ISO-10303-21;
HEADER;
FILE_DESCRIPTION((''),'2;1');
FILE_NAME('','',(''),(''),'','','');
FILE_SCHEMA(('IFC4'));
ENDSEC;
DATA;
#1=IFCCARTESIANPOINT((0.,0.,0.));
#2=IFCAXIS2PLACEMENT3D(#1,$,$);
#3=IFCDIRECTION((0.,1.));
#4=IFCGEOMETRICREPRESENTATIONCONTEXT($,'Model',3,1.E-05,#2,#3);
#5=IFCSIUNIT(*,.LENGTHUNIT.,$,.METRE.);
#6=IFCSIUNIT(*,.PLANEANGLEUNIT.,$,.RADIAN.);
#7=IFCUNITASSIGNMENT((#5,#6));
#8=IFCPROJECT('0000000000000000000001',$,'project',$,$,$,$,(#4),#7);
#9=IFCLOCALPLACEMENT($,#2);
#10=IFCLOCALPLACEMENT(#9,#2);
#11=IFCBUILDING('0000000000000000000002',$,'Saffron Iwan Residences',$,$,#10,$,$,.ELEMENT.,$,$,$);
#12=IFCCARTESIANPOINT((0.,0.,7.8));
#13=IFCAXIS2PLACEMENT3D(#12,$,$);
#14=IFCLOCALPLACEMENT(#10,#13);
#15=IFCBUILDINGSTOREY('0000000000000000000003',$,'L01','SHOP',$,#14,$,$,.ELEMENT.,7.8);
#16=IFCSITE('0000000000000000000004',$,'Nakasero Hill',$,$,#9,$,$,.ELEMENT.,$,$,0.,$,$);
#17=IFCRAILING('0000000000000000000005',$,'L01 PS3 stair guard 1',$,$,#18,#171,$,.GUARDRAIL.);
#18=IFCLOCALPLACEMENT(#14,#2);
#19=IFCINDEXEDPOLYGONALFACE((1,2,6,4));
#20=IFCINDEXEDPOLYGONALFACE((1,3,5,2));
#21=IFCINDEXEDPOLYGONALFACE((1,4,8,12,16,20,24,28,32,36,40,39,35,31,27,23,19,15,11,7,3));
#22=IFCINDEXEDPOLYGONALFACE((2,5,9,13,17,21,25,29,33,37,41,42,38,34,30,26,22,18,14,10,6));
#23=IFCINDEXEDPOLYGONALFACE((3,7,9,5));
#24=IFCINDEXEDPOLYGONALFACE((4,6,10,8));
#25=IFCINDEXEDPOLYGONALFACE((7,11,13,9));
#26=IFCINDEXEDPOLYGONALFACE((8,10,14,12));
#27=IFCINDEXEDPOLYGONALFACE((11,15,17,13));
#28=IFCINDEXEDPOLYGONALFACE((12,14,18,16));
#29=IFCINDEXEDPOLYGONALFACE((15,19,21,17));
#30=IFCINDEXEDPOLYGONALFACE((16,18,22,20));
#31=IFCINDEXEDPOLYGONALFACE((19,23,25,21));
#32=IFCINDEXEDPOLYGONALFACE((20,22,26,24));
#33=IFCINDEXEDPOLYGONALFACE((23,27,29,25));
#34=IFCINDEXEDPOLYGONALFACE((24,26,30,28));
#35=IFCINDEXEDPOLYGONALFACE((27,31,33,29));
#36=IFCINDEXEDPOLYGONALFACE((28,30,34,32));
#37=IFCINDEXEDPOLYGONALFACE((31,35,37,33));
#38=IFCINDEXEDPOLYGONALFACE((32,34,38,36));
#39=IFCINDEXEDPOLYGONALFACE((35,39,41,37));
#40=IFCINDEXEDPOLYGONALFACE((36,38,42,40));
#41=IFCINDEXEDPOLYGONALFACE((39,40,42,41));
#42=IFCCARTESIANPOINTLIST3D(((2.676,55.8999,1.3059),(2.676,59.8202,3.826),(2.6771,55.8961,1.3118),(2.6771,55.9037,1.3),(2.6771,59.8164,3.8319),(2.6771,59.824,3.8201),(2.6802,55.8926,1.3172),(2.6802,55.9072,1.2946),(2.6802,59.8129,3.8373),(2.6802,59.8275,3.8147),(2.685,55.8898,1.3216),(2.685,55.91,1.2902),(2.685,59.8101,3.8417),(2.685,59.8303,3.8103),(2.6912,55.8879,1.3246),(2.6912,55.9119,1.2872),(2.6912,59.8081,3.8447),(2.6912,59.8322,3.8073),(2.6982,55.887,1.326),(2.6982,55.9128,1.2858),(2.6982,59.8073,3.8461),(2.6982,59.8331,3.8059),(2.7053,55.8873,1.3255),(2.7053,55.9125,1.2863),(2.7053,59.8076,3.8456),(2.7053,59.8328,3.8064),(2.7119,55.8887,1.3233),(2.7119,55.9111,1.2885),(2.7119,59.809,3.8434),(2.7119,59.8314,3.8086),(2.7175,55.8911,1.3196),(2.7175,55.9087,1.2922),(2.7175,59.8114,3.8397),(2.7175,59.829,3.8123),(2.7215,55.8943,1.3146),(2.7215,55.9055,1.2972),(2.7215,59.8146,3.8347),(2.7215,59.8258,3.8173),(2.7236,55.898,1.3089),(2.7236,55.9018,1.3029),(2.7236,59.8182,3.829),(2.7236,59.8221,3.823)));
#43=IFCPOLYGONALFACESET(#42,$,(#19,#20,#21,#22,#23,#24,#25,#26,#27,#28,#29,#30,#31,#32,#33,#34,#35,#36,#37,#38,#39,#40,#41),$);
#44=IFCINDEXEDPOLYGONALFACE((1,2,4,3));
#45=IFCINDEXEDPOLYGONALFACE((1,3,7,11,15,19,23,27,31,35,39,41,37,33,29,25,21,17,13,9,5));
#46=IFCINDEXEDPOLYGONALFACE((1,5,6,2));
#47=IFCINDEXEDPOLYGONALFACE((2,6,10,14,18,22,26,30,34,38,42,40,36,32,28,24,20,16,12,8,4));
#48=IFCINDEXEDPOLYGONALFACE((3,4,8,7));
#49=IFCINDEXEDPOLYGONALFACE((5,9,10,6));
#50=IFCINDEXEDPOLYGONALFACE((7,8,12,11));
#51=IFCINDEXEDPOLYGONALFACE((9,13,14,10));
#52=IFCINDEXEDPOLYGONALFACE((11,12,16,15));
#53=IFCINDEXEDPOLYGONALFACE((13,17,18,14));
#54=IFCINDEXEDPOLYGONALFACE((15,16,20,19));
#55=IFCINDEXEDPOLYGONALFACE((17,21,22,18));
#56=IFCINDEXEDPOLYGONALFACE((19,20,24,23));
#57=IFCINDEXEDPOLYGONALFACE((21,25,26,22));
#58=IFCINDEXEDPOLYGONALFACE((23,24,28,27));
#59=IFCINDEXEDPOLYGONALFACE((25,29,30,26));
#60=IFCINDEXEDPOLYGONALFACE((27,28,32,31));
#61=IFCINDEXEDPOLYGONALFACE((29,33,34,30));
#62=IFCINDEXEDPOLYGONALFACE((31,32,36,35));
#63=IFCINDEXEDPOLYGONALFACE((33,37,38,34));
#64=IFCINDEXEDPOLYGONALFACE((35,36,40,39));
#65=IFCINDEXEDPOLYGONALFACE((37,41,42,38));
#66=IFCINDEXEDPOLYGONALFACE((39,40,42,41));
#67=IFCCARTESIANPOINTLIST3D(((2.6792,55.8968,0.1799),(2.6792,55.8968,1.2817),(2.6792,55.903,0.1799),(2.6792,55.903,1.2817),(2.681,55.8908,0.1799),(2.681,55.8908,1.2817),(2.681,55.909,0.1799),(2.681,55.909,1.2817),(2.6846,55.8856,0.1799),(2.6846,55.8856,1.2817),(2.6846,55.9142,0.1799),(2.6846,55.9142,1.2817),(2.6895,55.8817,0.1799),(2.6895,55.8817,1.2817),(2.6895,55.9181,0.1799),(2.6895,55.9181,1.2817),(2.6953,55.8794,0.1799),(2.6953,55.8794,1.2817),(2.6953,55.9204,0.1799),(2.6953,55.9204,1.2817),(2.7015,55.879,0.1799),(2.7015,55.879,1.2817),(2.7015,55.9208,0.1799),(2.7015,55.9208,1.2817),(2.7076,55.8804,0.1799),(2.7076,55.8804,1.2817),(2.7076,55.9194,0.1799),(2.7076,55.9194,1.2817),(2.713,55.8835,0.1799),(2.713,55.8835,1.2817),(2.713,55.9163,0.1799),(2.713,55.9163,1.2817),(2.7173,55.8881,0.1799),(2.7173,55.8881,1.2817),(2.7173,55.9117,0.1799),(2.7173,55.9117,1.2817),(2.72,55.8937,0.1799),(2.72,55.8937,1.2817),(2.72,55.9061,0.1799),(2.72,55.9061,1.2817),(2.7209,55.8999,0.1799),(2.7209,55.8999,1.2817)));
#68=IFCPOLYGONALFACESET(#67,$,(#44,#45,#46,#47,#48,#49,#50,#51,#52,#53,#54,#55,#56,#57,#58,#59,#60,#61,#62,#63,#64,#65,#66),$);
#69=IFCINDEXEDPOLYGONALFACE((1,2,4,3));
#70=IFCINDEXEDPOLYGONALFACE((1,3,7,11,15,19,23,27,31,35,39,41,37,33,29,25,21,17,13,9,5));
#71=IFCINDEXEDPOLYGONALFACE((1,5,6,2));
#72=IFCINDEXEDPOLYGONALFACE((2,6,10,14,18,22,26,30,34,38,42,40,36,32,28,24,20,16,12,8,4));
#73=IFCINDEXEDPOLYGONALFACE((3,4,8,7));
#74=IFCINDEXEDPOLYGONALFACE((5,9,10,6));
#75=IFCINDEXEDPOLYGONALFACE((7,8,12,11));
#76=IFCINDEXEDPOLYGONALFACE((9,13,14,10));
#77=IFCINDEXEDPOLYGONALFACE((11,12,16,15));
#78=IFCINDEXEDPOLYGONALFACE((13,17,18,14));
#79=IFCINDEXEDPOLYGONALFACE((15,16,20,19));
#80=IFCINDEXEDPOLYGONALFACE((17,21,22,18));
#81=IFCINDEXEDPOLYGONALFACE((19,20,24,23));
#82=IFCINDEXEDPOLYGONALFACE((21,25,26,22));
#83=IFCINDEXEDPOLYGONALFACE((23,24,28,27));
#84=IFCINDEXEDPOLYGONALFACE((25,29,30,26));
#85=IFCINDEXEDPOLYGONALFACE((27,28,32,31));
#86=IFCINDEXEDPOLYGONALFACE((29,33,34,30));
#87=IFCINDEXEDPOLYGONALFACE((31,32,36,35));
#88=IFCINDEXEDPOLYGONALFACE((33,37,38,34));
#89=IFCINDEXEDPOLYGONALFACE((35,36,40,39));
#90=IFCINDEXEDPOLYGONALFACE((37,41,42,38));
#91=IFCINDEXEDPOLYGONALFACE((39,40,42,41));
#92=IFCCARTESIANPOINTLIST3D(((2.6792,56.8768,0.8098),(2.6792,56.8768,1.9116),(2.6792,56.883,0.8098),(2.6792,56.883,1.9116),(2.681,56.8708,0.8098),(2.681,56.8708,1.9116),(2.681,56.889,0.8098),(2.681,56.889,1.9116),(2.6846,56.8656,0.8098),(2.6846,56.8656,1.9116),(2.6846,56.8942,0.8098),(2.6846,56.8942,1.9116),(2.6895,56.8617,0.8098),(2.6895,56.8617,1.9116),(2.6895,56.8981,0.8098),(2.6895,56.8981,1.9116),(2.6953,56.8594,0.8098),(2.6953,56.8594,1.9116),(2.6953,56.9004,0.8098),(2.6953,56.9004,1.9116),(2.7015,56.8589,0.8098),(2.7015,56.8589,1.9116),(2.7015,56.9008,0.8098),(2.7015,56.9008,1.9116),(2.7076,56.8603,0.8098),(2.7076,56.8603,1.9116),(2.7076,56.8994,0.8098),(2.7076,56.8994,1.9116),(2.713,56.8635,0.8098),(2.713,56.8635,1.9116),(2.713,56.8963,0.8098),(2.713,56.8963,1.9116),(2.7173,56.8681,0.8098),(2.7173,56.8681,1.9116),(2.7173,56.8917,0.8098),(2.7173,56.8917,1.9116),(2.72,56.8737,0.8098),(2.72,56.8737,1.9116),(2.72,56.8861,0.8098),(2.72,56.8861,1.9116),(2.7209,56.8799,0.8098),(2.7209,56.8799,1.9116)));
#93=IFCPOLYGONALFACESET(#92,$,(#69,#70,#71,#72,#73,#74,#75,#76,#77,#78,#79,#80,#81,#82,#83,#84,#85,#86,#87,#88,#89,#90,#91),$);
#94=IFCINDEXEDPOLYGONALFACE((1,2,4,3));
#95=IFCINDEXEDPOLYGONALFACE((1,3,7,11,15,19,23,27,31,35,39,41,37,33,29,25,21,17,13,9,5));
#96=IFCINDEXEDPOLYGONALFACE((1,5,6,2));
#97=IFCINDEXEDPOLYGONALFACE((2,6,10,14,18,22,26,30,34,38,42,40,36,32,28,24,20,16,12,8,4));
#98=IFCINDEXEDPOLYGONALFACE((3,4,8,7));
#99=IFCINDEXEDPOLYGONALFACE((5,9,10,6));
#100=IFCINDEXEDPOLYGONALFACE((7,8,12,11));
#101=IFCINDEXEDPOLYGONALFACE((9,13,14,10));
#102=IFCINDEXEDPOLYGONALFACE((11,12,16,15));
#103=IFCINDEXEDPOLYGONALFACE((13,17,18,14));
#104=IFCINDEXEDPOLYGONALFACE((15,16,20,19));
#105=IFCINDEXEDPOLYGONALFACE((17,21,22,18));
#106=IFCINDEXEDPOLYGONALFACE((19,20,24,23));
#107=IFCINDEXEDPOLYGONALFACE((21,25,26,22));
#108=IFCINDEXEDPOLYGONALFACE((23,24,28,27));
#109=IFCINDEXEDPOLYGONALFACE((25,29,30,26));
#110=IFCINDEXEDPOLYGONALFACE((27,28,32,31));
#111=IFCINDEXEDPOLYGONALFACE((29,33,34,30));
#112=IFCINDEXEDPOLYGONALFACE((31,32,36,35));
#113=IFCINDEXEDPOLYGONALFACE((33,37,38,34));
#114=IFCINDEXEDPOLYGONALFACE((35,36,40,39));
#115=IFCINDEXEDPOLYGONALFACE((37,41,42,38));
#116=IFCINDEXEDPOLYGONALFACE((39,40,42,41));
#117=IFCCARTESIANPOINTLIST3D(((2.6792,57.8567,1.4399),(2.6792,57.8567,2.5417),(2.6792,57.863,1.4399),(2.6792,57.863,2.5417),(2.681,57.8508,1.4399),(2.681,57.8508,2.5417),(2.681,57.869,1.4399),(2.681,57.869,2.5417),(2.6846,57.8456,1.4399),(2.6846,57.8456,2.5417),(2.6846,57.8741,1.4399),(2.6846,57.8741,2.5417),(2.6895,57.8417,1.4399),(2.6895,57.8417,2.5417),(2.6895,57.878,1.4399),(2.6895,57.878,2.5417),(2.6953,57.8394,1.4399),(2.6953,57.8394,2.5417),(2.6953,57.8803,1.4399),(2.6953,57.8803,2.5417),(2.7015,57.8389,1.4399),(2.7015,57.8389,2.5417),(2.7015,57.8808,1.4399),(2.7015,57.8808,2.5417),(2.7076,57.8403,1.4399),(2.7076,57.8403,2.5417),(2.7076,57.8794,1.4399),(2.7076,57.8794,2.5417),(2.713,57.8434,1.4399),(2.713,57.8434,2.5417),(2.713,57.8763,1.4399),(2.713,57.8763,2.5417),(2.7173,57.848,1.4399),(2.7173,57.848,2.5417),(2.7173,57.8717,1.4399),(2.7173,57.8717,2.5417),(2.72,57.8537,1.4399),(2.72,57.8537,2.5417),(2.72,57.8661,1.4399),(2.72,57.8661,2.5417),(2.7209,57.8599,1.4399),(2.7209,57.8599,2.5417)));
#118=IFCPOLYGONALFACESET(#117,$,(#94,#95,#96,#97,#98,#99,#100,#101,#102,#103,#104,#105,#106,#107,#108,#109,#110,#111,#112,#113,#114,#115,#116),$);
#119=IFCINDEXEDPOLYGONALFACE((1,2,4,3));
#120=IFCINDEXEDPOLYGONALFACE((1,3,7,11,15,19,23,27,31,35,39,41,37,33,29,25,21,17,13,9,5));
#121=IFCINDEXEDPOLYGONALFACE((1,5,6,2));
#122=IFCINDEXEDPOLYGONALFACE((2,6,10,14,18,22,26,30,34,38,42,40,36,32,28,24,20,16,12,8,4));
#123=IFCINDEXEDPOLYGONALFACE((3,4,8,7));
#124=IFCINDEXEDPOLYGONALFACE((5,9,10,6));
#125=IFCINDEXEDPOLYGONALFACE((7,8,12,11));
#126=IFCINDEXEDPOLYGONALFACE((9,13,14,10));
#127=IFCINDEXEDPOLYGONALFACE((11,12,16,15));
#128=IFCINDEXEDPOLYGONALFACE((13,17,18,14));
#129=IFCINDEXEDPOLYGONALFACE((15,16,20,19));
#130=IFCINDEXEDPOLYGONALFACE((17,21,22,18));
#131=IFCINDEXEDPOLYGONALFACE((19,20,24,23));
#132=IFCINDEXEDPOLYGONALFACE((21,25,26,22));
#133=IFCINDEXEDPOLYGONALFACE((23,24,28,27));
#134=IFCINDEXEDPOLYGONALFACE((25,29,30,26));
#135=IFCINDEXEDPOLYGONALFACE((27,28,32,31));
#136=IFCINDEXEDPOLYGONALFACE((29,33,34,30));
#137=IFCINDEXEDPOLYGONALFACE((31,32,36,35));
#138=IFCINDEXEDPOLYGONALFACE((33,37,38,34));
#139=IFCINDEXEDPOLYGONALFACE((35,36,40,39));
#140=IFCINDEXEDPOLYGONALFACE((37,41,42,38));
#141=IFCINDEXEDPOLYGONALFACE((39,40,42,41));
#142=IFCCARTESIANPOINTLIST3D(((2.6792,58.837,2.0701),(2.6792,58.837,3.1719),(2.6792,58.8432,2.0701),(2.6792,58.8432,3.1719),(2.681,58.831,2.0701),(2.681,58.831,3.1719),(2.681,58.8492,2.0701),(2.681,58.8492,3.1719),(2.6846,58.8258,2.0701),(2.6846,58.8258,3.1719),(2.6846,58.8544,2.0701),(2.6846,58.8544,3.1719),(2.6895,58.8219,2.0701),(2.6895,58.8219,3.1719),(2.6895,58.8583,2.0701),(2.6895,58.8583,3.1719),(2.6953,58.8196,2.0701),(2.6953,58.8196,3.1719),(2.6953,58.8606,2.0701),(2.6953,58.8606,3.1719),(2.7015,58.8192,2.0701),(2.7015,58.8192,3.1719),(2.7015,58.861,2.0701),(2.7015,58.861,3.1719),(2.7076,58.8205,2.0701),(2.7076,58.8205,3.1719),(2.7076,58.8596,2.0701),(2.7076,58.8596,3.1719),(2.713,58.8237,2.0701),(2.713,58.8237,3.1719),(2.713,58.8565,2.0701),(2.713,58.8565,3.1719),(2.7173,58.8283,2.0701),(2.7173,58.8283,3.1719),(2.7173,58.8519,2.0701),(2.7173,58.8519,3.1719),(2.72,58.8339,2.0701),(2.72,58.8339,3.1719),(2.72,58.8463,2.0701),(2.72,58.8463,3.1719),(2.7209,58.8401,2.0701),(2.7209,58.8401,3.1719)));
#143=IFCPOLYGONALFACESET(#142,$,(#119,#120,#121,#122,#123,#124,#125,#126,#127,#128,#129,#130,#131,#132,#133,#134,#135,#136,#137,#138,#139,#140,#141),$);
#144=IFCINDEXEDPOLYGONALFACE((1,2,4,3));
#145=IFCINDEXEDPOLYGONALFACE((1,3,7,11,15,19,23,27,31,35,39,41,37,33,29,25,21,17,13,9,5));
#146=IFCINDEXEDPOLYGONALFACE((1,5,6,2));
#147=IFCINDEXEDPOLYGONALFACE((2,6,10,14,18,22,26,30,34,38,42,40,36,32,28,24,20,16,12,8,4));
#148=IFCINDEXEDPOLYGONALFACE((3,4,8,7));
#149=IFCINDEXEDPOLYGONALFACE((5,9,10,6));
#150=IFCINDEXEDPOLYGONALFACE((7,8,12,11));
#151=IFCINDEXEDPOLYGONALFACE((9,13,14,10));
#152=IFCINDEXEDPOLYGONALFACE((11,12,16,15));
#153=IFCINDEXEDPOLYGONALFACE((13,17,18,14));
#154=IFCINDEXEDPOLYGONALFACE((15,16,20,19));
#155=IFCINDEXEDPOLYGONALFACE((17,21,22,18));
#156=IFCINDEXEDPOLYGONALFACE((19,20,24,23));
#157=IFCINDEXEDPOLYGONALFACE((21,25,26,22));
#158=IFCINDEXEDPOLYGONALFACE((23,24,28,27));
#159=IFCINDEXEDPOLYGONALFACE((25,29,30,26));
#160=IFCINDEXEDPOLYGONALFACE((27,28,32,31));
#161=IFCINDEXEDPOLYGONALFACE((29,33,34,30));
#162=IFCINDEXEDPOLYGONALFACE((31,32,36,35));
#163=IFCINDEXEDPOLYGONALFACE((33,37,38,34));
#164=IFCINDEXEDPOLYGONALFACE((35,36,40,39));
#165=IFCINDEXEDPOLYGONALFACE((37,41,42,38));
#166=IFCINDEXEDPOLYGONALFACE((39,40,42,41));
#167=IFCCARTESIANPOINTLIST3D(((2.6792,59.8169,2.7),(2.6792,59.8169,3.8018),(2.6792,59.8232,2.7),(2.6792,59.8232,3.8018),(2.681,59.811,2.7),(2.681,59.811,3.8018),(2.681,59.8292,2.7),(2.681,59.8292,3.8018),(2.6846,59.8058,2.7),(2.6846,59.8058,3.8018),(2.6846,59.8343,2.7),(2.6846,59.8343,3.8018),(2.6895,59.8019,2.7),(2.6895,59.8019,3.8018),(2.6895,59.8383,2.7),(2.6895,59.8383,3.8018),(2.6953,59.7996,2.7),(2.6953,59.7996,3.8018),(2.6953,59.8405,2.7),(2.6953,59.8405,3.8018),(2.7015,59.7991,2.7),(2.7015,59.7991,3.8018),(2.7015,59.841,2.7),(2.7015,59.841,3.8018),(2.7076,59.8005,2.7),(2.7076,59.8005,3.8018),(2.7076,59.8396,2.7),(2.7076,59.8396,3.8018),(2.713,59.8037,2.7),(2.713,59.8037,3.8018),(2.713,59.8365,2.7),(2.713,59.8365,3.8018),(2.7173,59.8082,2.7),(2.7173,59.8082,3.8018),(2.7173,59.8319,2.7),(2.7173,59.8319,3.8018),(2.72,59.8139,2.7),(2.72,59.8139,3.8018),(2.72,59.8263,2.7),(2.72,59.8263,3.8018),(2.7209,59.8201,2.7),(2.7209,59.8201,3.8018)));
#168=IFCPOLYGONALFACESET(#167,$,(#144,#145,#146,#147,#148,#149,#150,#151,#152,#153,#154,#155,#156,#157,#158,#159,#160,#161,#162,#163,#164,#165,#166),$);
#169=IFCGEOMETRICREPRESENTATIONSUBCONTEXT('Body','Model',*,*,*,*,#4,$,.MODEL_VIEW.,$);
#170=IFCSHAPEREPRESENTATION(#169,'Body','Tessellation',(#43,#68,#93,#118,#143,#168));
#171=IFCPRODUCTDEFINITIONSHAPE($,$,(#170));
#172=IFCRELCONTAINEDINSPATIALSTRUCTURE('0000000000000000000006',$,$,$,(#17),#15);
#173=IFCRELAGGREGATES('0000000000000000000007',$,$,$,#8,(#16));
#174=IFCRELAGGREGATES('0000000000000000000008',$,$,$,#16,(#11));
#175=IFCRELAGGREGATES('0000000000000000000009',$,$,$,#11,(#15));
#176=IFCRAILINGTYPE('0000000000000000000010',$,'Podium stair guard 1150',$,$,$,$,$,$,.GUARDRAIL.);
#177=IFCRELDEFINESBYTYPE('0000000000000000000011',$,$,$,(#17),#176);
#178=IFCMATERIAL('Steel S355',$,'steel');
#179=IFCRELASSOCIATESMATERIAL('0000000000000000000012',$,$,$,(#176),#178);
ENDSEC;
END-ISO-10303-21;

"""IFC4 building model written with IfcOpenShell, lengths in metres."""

from ifc_helpers import new_model, si_unit, direction, frame, origin, origin_2d, place, context, subcontext, project, spatial, circle, extrude, material, type_object, element, save


model = new_model("IFC4")

# Units and contexts
model_context = context("Model", 3, precision=1e-05, world=origin(), true_north=direction((0.0, 1.0)))
body_context = subcontext(model_context, "Body", "Model", "MODEL_VIEW")
ifc_project = project(units=[si_unit("LENGTHUNIT", "METRE"), si_unit("PLANEANGLEUNIT", "RADIAN")], contexts=[model_context])

# Site, building, storey
site_placement = place(None, origin())
site = spatial("IfcSite", under=ifc_project, at=site_placement, Name="Nakasero Hill", CompositionType="ELEMENT", RefElevation=0.0)
building_placement = place(site_placement, origin())
building = spatial("IfcBuilding", under=site, at=building_placement, Name="Saffron Iwan Residences", CompositionType="ELEMENT")
storey_placement = place(building_placement, frame((0.0, 0.0, 7.8)))
storey = spatial("IfcBuildingStorey", under=building, at=storey_placement, Name="L01", Description="SHOP", CompositionType="ELEMENT", Elevation=7.8)

# Railing
ifc_material_1 = material(Name="Steel S355", Category="steel")
railing_type_1 = type_object("IfcRailingType", Name="Podium stair guard 1150", PredefinedType="GUARDRAIL", material=ifc_material_1)
railing_1_placement = place(storey_placement, frame((2.7, 55.8999, 0.1799)))
element("IfcRailing", 1, at=railing_1_placement, inside=storey, type_object=railing_type_1, Name="L01 PS3 stair guard 1", PredefinedType="GUARDRAIL", context=body_context, shape_type="SweptSolid", body=[
    extrude(circle(Radius=0.0239, at=origin_2d()), frame((0.0, 0.0, 1.126), z_axis=(0.0, 0.841187, 0.540744), x_axis=(-1.0, 0.0, 0.0)), (0.0, 0.0, 1.0), 4.6604),
    extrude(circle(Radius=0.021, at=origin_2d()), origin(), (0.0, 0.0, 1.0), 1.1018),
    extrude(circle(Radius=0.021, at=origin_2d()), frame((0.0, 0.98, 0.6299)), (0.0, 0.0, 1.0), 1.1018),
    extrude(circle(Radius=0.021, at=origin_2d()), frame((0.0, 1.96, 1.26)), (0.0, 0.0, 1.0), 1.1018),
    extrude(circle(Radius=0.021, at=origin_2d()), frame((0.0, 2.9402, 1.8901)), (0.0, 0.0, 1.0), 1.1018),
    extrude(circle(Radius=0.021, at=origin_2d()), frame((0.0, 3.9202, 2.52)), (0.0, 0.0, 1.0), 1.1018),
])

save(model, "model.ifc")
